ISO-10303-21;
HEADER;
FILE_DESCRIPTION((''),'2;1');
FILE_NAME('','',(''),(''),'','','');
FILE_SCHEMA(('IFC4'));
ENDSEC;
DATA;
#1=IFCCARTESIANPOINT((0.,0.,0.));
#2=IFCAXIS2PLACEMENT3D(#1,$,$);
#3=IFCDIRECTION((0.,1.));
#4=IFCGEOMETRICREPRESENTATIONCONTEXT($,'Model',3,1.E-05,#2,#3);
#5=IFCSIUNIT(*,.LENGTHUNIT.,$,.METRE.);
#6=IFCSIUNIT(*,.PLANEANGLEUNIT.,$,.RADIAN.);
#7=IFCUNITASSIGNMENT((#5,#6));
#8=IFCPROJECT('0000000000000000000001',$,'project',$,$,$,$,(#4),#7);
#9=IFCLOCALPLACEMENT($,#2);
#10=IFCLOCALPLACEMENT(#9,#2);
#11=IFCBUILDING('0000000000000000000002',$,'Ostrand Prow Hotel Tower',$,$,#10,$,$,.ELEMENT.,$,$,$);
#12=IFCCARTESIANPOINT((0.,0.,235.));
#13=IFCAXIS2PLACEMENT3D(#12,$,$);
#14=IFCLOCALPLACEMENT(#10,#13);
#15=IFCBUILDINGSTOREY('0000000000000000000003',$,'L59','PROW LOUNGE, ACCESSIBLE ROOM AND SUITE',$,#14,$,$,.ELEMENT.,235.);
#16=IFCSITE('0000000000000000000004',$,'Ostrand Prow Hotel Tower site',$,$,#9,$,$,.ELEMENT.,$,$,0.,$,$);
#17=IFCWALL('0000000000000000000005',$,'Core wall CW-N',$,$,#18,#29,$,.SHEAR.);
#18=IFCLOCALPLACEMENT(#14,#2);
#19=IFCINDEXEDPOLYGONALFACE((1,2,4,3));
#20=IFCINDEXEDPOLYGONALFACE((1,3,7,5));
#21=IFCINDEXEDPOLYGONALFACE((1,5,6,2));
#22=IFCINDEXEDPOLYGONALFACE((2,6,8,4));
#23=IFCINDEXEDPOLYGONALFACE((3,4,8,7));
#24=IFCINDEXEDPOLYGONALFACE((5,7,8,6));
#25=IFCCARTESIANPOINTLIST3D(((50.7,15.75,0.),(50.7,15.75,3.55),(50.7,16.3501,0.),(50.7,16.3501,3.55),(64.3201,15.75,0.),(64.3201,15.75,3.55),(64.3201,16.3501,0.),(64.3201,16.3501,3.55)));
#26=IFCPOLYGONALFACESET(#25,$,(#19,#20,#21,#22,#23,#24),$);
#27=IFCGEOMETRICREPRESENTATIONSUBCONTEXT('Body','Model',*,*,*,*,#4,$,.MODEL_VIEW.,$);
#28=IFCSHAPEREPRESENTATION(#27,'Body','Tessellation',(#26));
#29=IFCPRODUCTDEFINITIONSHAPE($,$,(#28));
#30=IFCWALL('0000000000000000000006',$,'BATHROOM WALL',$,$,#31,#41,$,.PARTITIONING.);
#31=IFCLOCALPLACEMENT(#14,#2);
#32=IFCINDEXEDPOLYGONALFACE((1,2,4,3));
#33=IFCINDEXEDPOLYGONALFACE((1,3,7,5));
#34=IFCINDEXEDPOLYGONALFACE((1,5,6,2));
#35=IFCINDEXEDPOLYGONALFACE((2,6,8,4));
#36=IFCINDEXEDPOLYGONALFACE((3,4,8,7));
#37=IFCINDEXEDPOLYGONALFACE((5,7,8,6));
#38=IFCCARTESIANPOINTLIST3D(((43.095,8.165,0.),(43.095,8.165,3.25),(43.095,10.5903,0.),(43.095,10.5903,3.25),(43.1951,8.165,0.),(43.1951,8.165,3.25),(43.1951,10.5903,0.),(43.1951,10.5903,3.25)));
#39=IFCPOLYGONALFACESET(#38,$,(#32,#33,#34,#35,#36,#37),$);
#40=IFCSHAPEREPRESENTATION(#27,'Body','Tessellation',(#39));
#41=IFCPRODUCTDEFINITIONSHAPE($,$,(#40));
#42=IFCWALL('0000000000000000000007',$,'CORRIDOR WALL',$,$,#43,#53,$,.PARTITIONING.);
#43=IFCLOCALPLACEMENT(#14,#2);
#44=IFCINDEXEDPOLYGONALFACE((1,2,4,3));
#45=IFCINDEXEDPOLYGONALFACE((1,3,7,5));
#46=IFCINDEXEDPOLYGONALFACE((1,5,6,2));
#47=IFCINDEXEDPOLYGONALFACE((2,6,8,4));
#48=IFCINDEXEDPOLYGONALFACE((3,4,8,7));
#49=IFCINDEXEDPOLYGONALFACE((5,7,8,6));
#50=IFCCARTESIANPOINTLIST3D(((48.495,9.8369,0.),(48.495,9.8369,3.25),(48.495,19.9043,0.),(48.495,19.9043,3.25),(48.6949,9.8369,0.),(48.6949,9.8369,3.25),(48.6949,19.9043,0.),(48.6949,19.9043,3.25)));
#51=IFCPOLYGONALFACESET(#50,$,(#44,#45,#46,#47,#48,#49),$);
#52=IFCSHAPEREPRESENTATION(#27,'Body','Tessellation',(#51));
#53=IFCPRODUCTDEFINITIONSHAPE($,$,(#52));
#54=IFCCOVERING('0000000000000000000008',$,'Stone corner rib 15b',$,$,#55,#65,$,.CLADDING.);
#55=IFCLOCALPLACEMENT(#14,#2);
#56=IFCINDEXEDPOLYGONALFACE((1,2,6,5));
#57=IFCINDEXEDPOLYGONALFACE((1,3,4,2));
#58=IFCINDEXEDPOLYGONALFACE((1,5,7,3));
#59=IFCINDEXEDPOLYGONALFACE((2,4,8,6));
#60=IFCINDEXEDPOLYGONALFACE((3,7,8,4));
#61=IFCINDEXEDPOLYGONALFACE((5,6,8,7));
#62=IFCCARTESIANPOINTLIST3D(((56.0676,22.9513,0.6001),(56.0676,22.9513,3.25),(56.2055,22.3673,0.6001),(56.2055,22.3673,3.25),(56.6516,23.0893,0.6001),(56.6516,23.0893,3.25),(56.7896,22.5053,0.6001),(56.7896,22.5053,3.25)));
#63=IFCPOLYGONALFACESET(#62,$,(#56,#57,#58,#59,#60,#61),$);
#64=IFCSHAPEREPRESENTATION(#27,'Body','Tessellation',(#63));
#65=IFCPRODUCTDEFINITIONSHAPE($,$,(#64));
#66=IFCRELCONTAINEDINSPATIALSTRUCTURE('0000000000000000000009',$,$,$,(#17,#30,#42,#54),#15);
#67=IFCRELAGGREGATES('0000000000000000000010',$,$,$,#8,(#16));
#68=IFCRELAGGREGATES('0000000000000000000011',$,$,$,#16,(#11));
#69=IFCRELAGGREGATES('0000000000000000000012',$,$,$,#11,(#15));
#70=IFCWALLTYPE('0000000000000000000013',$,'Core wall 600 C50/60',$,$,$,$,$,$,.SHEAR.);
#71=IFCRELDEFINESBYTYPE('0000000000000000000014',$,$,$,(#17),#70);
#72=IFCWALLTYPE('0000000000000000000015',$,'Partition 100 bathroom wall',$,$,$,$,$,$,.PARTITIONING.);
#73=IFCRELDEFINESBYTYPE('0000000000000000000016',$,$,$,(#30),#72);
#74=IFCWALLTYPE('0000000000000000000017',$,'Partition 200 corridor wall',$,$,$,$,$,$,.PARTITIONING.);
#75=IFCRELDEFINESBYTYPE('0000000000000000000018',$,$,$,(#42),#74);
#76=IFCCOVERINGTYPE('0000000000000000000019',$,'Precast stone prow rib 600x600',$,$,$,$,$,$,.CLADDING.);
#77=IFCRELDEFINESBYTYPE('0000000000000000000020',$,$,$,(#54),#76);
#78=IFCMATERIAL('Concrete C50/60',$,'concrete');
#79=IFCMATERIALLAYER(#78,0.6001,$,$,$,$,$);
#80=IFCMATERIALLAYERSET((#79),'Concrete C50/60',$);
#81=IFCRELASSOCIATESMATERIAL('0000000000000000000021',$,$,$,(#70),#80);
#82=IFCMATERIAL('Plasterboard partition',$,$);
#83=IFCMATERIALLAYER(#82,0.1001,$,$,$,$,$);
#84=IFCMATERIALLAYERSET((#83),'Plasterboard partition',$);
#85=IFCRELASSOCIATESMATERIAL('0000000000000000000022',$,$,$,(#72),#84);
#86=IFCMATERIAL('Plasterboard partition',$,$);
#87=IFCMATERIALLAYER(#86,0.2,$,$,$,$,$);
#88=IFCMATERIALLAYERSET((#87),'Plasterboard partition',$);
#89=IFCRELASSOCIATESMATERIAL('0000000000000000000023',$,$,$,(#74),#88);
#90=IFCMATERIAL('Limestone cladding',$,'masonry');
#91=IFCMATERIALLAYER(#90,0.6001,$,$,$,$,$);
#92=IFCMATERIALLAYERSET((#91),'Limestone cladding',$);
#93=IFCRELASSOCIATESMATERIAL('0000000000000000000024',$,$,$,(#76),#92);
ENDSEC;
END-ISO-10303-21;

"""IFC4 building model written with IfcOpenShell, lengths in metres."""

from ifc_helpers import new_model, si_unit, direction, frame, frame_2d, origin, place, context, subcontext, project, spatial, rectangle, extrude, material, layer, layer_set, type_object, element, save


model = new_model("IFC4")

# Units and contexts
model_context = context("Model", 3, precision=1e-05, world=origin(), true_north=direction((0.0, 1.0)))
body_context = subcontext(model_context, "Body", "Model", "MODEL_VIEW")
ifc_project = project(units=[si_unit("LENGTHUNIT", "METRE"), si_unit("PLANEANGLEUNIT", "RADIAN")], contexts=[model_context])

# Site, building, storey
site_placement = place(None, origin())
site = spatial("IfcSite", under=ifc_project, at=site_placement, Name="Ostrand Prow Hotel Tower site", CompositionType="ELEMENT", RefElevation=0.0)
building_placement = place(site_placement, origin())
building = spatial("IfcBuilding", under=site, at=building_placement, Name="Ostrand Prow Hotel Tower", CompositionType="ELEMENT")
storey_placement = place(building_placement, frame((0.0, 0.0, 235.0)))
storey = spatial("IfcBuildingStorey", under=building, at=storey_placement, Name="L59", Description="PROW LOUNGE, ACCESSIBLE ROOM AND SUITE", CompositionType="ELEMENT", Elevation=235.0)

# Walls
ifc_material_1 = material(Name="Concrete C50/60", Category="concrete")
ifc_layer_1 = layer(ifc_material_1, 0.6001)
ifc_layer_set_1 = layer_set([ifc_layer_1], Name="Concrete C50/60")
wall_type_1 = type_object("IfcWallType", Name="Core wall 600 C50/60", PredefinedType="SHEAR", material=ifc_layer_set_1)
wall_1_placement = place(storey_placement, frame((50.7, 16.05, 0.0), z_axis=(0.0, 0.0, 1.0), x_axis=(1.0, 0.0, 0.0)))
element("IfcWall", 1, at=wall_1_placement, inside=storey, type_object=wall_type_1, Name="Core wall CW-N", PredefinedType="SHEAR", context=body_context, shape_type="SweptSolid", body=[
    extrude(rectangle(XDim=13.6201, YDim=0.6001, at=frame_2d((6.8101, 0.0))), origin(), (0.0, 0.0, 1.0), 3.55),
])
ifc_material_2 = material(Name="Plasterboard partition")
ifc_layer_2 = layer(ifc_material_2, 0.1001)
ifc_layer_set_2 = layer_set([ifc_layer_2], Name="Plasterboard partition")
wall_type_2 = type_object("IfcWallType", Name="Partition 100 bathroom wall", PredefinedType="PARTITIONING", material=ifc_layer_set_2)
wall_2_placement = place(storey_placement, frame((43.145, 10.5903, 0.0), z_axis=(0.0, 0.0, 1.0), x_axis=(0.0, -1.0, 0.0)))
element("IfcWall", 2, at=wall_2_placement, inside=storey, type_object=wall_type_2, Name="BATHROOM WALL", PredefinedType="PARTITIONING", context=body_context, shape_type="SweptSolid", body=[
    extrude(rectangle(XDim=2.4253, YDim=0.1001, at=frame_2d((1.2126, 0.0))), origin(), (0.0, 0.0, 1.0), 3.25),
])
ifc_material_3 = material(Name="Plasterboard partition")
ifc_layer_3 = layer(ifc_material_3, 0.2)
ifc_layer_set_3 = layer_set([ifc_layer_3], Name="Plasterboard partition")
wall_type_3 = type_object("IfcWallType", Name="Partition 200 corridor wall", PredefinedType="PARTITIONING", material=ifc_layer_set_3)
wall_3_placement = place(storey_placement, frame((48.595, 19.9043, 0.0), z_axis=(0.0, 0.0, 1.0), x_axis=(0.0, -1.0, 0.0)))
element("IfcWall", 3, at=wall_3_placement, inside=storey, type_object=wall_type_3, Name="CORRIDOR WALL", PredefinedType="PARTITIONING", context=body_context, shape_type="SweptSolid", body=[
    extrude(rectangle(XDim=10.0674, YDim=0.2, at=frame_2d((5.0337, 0.0))), origin(), (0.0, 0.0, 1.0), 3.25),
])

# Covering
ifc_material_4 = material(Name="Limestone cladding", Category="masonry")
ifc_layer_4 = layer(ifc_material_4, 0.6001)
ifc_layer_set_4 = layer_set([ifc_layer_4], Name="Limestone cladding")
covering_type = type_object("IfcCoveringType", Name="Precast stone prow rib 600x600", PredefinedType="CLADDING", material=ifc_layer_set_4)
covering_placement = place(storey_placement, frame((56.4976, 22.4363, 0.6001), z_axis=(0.0, 0.0, 1.0), x_axis=(-0.229878, 0.973219, 0.0)))
element("IfcCovering", 4, at=covering_placement, inside=storey, type_object=covering_type, Name="Stone corner rib 15b", PredefinedType="CLADDING", context=body_context, shape_type="SweptSolid", body=[
    extrude(rectangle(XDim=0.6001, YDim=0.6001, at=frame_2d((0.3, 0.0))), origin(), (0.0, 0.0, 1.0), 2.6499),
])

save(model, "model.ifc")
